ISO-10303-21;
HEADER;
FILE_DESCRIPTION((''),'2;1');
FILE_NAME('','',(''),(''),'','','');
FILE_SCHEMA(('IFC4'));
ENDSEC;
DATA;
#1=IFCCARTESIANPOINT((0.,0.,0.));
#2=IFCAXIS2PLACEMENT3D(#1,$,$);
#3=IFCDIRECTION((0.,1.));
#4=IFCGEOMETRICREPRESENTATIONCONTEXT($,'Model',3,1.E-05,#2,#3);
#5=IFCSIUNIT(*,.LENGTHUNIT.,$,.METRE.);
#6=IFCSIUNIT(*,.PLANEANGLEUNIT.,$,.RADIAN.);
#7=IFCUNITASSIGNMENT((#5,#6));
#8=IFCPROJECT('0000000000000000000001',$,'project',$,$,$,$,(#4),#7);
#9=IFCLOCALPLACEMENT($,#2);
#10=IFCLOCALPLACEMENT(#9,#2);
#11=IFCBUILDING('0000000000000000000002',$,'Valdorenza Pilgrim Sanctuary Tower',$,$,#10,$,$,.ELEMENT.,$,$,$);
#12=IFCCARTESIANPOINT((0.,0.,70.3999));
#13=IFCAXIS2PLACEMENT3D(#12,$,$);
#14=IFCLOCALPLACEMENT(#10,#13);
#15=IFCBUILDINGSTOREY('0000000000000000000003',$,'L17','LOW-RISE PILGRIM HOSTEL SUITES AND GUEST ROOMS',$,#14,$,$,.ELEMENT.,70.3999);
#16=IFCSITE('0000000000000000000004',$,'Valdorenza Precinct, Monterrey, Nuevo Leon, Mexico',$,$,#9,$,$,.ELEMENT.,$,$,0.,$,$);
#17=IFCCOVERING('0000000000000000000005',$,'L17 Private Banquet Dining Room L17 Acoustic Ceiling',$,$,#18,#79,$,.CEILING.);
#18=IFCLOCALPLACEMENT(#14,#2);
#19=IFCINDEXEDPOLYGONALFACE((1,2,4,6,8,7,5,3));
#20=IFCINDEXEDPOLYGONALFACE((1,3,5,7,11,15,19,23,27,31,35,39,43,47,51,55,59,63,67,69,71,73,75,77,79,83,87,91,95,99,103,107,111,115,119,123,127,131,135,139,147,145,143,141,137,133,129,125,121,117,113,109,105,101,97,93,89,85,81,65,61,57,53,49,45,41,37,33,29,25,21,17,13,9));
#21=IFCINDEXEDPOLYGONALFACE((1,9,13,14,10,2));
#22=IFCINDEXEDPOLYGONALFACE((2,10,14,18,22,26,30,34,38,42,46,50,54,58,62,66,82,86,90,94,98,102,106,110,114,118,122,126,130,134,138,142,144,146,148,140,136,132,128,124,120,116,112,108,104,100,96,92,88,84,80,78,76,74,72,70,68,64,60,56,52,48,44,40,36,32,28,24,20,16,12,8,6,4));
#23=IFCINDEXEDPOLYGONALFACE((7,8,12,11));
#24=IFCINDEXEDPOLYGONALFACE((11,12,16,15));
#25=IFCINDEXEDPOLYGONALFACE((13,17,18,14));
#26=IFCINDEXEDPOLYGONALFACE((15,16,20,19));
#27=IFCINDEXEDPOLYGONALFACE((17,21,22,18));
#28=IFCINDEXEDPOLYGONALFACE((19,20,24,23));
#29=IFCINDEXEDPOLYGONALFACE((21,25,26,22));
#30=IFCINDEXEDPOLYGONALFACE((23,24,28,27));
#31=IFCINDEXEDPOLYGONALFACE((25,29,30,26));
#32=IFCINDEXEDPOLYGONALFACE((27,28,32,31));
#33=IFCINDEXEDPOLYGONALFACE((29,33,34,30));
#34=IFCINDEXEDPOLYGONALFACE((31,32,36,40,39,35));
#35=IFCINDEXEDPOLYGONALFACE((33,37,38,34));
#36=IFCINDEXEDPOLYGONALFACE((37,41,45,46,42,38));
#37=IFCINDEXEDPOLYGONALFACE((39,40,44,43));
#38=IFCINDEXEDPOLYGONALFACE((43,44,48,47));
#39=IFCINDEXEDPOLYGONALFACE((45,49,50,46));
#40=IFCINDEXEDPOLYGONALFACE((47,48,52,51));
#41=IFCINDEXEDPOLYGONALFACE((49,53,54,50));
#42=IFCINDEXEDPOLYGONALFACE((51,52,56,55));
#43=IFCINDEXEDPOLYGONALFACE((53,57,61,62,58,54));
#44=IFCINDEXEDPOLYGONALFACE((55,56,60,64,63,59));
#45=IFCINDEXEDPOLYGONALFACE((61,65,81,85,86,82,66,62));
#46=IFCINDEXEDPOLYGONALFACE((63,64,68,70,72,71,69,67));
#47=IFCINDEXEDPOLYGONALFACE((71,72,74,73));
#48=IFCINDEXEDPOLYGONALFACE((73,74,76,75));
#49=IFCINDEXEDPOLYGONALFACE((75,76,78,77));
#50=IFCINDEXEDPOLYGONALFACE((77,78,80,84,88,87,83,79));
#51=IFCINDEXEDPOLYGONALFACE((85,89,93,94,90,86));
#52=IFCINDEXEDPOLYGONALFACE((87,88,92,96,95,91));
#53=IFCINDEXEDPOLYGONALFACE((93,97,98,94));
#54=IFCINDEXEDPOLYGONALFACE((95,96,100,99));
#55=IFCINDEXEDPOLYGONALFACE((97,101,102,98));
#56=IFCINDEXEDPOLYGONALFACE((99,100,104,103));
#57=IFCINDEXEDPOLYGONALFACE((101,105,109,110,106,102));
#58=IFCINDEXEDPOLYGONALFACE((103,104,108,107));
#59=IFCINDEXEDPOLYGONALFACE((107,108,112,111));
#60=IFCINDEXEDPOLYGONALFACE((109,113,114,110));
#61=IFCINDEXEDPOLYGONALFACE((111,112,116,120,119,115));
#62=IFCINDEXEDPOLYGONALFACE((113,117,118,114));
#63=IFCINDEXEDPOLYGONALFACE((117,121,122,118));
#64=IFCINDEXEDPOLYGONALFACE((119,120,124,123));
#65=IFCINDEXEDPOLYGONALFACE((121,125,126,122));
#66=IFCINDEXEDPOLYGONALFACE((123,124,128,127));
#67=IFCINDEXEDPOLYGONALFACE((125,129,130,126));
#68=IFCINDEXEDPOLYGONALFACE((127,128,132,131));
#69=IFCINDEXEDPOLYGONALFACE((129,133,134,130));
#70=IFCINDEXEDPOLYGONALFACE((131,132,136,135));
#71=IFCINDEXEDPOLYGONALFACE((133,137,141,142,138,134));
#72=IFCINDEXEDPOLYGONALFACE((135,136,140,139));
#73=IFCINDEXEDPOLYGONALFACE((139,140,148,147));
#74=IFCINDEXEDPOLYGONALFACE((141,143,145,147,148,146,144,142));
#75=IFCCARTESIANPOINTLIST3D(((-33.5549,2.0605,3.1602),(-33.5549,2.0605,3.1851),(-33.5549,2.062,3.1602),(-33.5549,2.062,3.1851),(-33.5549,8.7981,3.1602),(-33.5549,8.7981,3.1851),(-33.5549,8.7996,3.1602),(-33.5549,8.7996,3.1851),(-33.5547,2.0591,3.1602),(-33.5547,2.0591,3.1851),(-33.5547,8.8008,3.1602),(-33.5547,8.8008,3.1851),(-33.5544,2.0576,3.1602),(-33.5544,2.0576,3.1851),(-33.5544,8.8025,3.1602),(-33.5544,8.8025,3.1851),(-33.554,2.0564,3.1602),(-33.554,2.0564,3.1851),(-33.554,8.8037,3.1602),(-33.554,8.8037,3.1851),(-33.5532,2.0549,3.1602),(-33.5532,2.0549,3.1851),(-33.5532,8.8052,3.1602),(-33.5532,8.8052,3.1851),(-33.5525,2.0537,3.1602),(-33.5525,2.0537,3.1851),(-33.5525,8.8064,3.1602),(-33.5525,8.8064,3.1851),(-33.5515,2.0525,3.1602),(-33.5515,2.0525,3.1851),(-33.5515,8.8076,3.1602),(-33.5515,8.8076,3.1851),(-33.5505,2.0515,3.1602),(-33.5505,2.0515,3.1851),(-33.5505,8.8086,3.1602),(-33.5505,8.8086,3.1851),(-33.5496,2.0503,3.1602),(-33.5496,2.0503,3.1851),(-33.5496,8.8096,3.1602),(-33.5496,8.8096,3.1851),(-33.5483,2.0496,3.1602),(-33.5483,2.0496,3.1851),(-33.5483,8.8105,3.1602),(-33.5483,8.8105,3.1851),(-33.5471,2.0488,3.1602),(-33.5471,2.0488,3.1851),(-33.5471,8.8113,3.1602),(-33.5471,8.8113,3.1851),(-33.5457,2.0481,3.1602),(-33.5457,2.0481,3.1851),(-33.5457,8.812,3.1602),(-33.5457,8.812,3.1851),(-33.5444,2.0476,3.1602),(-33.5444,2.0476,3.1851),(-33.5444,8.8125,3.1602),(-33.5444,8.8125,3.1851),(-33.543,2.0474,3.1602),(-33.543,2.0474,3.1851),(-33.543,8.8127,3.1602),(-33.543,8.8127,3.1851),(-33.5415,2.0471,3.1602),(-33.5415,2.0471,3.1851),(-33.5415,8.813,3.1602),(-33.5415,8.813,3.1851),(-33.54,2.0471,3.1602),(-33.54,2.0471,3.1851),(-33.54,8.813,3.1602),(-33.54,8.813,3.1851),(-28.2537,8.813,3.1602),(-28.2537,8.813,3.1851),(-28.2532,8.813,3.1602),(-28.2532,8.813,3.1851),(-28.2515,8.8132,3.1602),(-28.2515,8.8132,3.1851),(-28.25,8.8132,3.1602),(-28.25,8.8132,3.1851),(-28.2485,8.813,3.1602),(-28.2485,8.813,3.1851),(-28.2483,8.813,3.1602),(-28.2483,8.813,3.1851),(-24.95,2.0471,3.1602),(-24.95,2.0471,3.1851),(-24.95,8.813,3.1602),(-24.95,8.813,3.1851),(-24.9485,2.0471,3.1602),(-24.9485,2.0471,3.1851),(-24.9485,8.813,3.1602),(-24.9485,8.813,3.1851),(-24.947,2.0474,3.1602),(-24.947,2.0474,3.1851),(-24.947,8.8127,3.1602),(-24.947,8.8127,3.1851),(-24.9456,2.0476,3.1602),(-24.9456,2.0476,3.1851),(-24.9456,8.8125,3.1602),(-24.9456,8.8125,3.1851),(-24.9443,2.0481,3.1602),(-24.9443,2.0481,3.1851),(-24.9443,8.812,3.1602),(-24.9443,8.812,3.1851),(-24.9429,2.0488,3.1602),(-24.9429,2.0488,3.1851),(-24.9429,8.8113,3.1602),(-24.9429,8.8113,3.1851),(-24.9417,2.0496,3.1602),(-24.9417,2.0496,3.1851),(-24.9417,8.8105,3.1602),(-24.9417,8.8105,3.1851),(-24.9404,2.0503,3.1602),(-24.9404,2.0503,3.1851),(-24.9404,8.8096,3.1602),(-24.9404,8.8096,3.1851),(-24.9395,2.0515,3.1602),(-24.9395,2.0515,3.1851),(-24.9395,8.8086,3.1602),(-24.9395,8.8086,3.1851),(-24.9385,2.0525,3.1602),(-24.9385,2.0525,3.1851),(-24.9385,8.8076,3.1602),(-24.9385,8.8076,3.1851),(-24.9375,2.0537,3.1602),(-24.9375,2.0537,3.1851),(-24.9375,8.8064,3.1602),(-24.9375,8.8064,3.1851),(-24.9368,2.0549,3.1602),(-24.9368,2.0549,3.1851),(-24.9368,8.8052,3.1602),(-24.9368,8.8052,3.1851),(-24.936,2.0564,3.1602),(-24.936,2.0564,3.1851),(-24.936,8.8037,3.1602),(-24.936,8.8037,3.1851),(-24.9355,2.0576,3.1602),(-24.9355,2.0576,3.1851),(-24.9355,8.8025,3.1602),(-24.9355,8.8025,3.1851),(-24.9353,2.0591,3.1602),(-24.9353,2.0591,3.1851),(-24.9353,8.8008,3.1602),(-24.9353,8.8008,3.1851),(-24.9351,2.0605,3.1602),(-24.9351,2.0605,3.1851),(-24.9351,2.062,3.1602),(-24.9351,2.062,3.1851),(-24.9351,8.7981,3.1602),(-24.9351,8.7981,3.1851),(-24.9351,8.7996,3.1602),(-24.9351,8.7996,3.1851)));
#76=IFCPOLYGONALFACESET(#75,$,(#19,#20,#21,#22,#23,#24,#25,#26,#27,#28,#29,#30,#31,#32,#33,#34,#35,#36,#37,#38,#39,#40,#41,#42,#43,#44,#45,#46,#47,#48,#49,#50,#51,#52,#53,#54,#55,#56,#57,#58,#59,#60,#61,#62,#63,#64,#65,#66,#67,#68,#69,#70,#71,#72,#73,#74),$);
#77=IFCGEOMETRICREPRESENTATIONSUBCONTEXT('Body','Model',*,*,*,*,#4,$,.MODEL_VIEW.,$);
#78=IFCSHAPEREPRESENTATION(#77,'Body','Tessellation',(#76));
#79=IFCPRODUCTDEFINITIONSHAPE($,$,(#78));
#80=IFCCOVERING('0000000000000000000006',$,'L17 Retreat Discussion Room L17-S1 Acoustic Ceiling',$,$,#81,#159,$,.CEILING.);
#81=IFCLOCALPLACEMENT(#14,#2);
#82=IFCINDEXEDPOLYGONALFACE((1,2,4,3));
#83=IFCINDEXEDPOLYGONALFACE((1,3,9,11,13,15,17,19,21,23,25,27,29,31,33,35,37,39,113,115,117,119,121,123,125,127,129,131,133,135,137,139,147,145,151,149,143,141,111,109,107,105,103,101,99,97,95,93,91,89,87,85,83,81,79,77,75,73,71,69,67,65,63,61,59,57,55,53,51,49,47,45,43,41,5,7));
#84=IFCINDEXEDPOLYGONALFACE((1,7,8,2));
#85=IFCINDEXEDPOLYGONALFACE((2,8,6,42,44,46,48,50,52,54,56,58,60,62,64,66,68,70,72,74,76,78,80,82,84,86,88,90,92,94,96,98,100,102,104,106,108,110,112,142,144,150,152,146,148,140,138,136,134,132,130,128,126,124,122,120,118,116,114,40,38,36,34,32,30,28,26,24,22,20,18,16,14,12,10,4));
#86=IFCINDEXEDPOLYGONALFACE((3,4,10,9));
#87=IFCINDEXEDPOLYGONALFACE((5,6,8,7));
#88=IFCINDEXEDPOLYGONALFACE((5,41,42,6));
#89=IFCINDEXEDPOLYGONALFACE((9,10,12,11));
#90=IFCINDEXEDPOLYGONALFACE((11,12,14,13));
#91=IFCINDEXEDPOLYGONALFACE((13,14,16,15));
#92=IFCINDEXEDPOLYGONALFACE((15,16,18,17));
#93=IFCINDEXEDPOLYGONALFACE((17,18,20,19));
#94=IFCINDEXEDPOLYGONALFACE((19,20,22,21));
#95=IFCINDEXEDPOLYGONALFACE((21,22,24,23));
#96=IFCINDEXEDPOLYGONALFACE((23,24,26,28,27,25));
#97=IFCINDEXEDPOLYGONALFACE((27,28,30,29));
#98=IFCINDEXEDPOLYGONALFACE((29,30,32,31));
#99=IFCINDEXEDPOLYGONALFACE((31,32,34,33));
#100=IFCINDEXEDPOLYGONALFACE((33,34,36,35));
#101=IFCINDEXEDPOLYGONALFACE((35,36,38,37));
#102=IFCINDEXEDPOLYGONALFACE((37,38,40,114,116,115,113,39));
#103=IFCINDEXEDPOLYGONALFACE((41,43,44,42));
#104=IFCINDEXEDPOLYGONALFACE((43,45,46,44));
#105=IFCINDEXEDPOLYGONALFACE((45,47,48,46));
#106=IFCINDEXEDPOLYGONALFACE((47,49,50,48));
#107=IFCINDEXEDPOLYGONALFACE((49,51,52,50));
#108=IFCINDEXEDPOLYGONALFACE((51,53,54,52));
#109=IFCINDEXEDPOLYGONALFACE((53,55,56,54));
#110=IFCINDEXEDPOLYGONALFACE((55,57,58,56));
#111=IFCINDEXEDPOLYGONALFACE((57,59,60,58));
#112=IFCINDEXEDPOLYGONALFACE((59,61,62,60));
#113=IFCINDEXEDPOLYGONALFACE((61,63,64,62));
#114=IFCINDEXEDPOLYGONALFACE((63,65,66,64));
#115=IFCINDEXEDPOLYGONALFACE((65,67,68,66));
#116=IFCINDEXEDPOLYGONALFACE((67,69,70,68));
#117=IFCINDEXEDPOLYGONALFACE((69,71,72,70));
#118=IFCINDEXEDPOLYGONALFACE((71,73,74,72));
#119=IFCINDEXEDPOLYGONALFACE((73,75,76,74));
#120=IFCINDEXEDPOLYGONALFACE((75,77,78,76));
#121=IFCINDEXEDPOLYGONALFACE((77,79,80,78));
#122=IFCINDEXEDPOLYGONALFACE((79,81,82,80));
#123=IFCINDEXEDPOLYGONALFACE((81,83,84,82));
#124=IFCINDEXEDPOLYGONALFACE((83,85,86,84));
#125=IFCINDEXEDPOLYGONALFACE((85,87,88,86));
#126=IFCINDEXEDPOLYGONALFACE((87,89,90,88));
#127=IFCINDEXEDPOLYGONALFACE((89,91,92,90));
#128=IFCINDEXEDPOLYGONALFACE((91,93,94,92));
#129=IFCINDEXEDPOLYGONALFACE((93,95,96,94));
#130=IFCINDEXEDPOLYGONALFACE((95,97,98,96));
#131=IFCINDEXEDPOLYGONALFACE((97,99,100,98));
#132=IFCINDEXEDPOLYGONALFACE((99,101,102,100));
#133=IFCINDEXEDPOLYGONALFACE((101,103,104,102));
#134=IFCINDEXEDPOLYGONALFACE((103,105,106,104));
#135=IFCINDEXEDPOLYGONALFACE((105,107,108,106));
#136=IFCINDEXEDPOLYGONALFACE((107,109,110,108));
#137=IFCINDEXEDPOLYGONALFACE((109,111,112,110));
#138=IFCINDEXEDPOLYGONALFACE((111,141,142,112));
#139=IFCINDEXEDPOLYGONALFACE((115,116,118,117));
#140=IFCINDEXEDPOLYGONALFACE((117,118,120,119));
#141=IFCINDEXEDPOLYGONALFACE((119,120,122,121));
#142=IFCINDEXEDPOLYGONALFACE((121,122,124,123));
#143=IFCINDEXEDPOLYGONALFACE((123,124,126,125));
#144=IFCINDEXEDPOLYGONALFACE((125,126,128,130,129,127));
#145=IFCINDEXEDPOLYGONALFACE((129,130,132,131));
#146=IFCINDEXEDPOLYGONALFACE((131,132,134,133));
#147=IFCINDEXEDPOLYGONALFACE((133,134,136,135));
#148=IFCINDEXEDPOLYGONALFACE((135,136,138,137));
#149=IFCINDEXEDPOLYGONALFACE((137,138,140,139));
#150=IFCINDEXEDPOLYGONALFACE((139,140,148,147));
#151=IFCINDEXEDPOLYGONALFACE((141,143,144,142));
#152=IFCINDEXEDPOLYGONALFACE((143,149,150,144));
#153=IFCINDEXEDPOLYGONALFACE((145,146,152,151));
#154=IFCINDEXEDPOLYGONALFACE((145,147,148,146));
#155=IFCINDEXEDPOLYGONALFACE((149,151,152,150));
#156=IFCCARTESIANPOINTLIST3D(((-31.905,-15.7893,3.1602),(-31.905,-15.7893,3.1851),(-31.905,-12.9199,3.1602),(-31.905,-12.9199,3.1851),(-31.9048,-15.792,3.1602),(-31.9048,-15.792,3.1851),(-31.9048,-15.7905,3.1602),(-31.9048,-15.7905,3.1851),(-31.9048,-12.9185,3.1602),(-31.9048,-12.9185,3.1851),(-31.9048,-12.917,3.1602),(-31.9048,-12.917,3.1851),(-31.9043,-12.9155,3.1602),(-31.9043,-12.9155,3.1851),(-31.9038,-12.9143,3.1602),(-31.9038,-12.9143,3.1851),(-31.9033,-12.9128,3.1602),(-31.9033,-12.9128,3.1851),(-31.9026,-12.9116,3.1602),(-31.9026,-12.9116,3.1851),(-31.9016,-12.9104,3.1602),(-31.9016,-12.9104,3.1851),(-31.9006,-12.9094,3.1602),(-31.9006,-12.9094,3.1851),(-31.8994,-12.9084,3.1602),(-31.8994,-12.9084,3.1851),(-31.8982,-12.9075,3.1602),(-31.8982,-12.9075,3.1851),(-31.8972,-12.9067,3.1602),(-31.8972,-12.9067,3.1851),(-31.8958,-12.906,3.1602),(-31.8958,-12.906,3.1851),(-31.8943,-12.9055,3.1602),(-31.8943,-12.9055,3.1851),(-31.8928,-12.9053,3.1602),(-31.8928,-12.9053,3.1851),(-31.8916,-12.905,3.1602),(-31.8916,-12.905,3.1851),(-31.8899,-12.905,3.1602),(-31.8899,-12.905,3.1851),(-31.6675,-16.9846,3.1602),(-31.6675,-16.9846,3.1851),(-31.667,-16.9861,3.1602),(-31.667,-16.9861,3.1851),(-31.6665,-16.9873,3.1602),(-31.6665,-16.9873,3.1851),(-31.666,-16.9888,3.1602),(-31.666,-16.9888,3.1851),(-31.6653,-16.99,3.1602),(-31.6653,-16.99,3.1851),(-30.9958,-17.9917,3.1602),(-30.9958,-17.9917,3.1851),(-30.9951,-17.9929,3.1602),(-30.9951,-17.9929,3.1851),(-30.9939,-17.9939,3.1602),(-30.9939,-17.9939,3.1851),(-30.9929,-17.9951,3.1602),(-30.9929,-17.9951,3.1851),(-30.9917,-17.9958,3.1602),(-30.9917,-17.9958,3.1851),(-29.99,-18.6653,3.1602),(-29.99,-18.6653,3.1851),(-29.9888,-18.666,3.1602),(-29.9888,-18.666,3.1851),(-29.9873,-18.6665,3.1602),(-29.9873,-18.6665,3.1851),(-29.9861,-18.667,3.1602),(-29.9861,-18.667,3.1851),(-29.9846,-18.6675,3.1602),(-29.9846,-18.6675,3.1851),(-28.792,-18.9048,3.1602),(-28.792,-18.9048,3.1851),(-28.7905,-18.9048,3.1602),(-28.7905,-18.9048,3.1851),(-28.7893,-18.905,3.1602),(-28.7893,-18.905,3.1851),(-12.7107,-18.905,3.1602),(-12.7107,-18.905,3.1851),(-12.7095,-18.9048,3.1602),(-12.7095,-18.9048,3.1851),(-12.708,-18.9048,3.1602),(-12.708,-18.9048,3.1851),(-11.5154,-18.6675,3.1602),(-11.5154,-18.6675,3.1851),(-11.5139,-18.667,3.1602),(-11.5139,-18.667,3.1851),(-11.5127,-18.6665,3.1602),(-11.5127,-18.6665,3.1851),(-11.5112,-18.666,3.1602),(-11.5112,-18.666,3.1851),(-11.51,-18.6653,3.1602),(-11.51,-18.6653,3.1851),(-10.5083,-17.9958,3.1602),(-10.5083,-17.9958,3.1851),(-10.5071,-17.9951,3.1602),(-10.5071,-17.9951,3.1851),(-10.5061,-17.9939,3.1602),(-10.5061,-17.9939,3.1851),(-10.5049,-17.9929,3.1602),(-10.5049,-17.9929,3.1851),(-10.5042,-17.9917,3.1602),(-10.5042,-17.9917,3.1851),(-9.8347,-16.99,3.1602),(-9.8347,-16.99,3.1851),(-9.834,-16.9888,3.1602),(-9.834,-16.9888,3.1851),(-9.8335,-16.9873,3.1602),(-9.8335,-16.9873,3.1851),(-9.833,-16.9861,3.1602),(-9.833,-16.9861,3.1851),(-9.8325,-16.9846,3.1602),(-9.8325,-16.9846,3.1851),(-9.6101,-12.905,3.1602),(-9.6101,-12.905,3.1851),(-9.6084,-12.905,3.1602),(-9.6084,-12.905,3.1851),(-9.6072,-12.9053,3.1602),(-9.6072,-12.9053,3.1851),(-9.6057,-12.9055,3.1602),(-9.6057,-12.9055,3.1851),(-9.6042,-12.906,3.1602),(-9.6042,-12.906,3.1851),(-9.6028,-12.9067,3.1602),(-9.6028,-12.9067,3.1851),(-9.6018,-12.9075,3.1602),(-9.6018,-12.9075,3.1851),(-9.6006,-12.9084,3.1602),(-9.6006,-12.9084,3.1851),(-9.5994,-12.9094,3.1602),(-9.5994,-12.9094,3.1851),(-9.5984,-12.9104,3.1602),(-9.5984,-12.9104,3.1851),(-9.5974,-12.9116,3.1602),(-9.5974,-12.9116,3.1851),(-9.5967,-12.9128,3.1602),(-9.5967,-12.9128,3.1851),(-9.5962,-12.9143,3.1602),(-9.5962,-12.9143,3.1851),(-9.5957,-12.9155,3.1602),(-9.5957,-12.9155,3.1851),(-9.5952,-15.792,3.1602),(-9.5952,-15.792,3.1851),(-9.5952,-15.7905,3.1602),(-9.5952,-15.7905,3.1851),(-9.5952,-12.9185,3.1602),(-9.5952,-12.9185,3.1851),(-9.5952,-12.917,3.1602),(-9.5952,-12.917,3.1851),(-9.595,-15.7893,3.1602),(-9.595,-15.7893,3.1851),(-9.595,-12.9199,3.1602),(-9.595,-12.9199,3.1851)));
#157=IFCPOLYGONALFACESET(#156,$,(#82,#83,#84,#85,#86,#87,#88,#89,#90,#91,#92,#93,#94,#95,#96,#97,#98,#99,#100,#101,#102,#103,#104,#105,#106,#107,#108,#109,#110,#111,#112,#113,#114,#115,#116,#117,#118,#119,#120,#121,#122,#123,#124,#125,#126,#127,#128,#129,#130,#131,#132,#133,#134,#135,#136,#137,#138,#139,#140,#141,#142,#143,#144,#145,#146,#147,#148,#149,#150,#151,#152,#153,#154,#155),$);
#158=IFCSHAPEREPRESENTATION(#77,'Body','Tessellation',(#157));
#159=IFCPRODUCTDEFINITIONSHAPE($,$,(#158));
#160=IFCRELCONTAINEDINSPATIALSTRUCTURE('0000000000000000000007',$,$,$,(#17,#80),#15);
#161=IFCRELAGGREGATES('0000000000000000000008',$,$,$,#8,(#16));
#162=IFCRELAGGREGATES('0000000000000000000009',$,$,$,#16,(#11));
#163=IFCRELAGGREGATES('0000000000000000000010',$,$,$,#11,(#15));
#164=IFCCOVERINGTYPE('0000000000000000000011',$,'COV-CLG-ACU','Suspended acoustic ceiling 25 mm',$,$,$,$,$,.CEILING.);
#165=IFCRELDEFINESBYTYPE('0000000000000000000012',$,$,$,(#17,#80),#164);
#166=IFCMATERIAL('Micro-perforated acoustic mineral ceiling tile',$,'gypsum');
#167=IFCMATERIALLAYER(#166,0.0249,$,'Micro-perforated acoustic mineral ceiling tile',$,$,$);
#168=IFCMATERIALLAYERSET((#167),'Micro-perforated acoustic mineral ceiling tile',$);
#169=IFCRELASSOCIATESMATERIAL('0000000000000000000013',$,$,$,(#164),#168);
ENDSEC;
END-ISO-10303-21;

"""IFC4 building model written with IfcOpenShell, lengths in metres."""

from ifc_helpers import new_model, si_unit, direction, frame, origin, place, context, subcontext, project, spatial, polyline, outline, extrude, material, layer, layer_set, type_object, element, save


model = new_model("IFC4")

# Units and contexts
model_context = context("Model", 3, precision=1e-05, world=origin(), true_north=direction((0.0, 1.0)))
body_context = subcontext(model_context, "Body", "Model", "MODEL_VIEW")
ifc_project = project(units=[si_unit("LENGTHUNIT", "METRE"), si_unit("PLANEANGLEUNIT", "RADIAN")], contexts=[model_context])

# Site, building, storey
site_placement = place(None, origin())
site = spatial("IfcSite", under=ifc_project, at=site_placement, Name="Valdorenza Precinct, Monterrey, Nuevo Leon, Mexico", CompositionType="ELEMENT", RefElevation=0.0)
building_placement = place(site_placement, origin())
building = spatial("IfcBuilding", under=site, at=building_placement, Name="Valdorenza Pilgrim Sanctuary Tower", CompositionType="ELEMENT")
storey_placement = place(building_placement, frame((0.0, 0.0, 70.3999)))
storey = spatial("IfcBuildingStorey", under=building, at=storey_placement, Name="L17", Description="LOW-RISE PILGRIM HOSTEL SUITES AND GUEST ROOMS", CompositionType="ELEMENT", Elevation=70.3999)

# Coverings
ifc_material_1 = material(Name="Micro-perforated acoustic mineral ceiling tile", Category="gypsum")
ifc_layer_1 = layer(ifc_material_1, 0.0249, Name="Micro-perforated acoustic mineral ceiling tile")
ifc_layer_set_1 = layer_set([ifc_layer_1], Name="Micro-perforated acoustic mineral ceiling tile")
covering_type_1 = type_object("IfcCoveringType", Name="COV-CLG-ACU", Description="Suspended acoustic ceiling 25 mm", PredefinedType="CEILING", material=ifc_layer_set_1)
covering_1_placement = place(storey_placement, frame((0.0, 0.0, 3.1602)))
element("IfcCovering", 1, at=covering_1_placement, inside=storey, type_object=covering_type_1, Name="L17 Private Banquet Dining Room L17 Acoustic Ceiling", PredefinedType="CEILING", context=body_context, shape_type="SweptSolid", body=[
    extrude(outline(polyline([(-28.2537, 8.813), (-28.2532, 8.813), (-28.2515, 8.8132), (-28.25, 8.8132), (-28.2485, 8.813), (-28.2483, 8.813), (-24.95, 8.813), (-24.9485, 8.813), (-24.947, 8.8127), (-24.9456, 8.8125), (-24.9443, 8.812), (-24.9429, 8.8113), (-24.9417, 8.8105), (-24.9404, 8.8096), (-24.9395, 8.8086), (-24.9385, 8.8076), (-24.9375, 8.8064), (-24.9368, 8.8052), (-24.936, 8.8037), (-24.9355, 8.8025), (-24.9353, 8.8008), (-24.9351, 8.7996), (-24.9351, 8.7981), (-24.9351, 2.062), (-24.9351, 2.0605), (-24.9353, 2.0591), (-24.9355, 2.0576), (-24.936, 2.0564), (-24.9368, 2.0549), (-24.9375, 2.0537), (-24.9385, 2.0525), (-24.9395, 2.0515), (-24.9404, 2.0503), (-24.9417, 2.0496), (-24.9429, 2.0488), (-24.9443, 2.0481), (-24.9456, 2.0476), (-24.947, 2.0474), (-24.9485, 2.0471), (-24.95, 2.0471), (-33.54, 2.0471), (-33.5415, 2.0471), (-33.543, 2.0474), (-33.5444, 2.0476), (-33.5457, 2.0481), (-33.5471, 2.0488), (-33.5483, 2.0496), (-33.5496, 2.0503), (-33.5505, 2.0515), (-33.5515, 2.0525), (-33.5525, 2.0537), (-33.5532, 2.0549), (-33.554, 2.0564), (-33.5544, 2.0576), (-33.5547, 2.0591), (-33.5549, 2.0605), (-33.5549, 2.062), (-33.5549, 8.7981), (-33.5549, 8.7996), (-33.5547, 8.8008), (-33.5544, 8.8025), (-33.554, 8.8037), (-33.5532, 8.8052), (-33.5525, 8.8064), (-33.5515, 8.8076), (-33.5505, 8.8086), (-33.5496, 8.8096), (-33.5483, 8.8105), (-33.5471, 8.8113), (-33.5457, 8.812), (-33.5444, 8.8125), (-33.543, 8.8127), (-33.5415, 8.813), (-33.54, 8.813), (-28.2537, 8.813)])), origin(), (0.0, 0.0, 1.0), 0.0249),
])
covering_2_placement = place(storey_placement, frame((0.0, 0.0, 3.1602)))
element("IfcCovering", 2, at=covering_2_placement, inside=storey, type_object=covering_type_1, Name="L17 Retreat Discussion Room L17-S1 Acoustic Ceiling", PredefinedType="CEILING", context=body_context, shape_type="SweptSolid", body=[
    extrude(outline(polyline([(-9.595, -15.7893), (-9.5952, -15.7905), (-9.5952, -15.792), (-9.8325, -16.9846), (-9.833, -16.9861), (-9.8335, -16.9873), (-9.834, -16.9888), (-9.8347, -16.99), (-10.5042, -17.9917), (-10.5049, -17.9929), (-10.5061, -17.9939), (-10.5071, -17.9951), (-10.5083, -17.9958), (-11.51, -18.6653), (-11.5112, -18.666), (-11.5127, -18.6665), (-11.5139, -18.667), (-11.5154, -18.6675), (-12.708, -18.9048), (-12.7095, -18.9048), (-12.7107, -18.905), (-28.7893, -18.905), (-28.7905, -18.9048), (-28.792, -18.9048), (-29.9846, -18.6675), (-29.9861, -18.667), (-29.9873, -18.6665), (-29.9888, -18.666), (-29.99, -18.6653), (-30.9917, -17.9958), (-30.9929, -17.9951), (-30.9939, -17.9939), (-30.9951, -17.9929), (-30.9958, -17.9917), (-31.6653, -16.99), (-31.666, -16.9888), (-31.6665, -16.9873), (-31.667, -16.9861), (-31.6675, -16.9846), (-31.9048, -15.792), (-31.9048, -15.7905), (-31.905, -15.7893), (-31.905, -12.9199), (-31.9048, -12.9185), (-31.9048, -12.917), (-31.9043, -12.9155), (-31.9038, -12.9143), (-31.9033, -12.9128), (-31.9026, -12.9116), (-31.9016, -12.9104), (-31.9006, -12.9094), (-31.8994, -12.9084), (-31.8982, -12.9075), (-31.8972, -12.9067), (-31.8958, -12.906), (-31.8943, -12.9055), (-31.8928, -12.9053), (-31.8916, -12.905), (-31.8899, -12.905), (-9.6101, -12.905), (-9.6084, -12.905), (-9.6072, -12.9053), (-9.6057, -12.9055), (-9.6042, -12.906), (-9.6028, -12.9067), (-9.6018, -12.9075), (-9.6006, -12.9084), (-9.5994, -12.9094), (-9.5984, -12.9104), (-9.5974, -12.9116), (-9.5967, -12.9128), (-9.5962, -12.9143), (-9.5957, -12.9155), (-9.5952, -12.917), (-9.5952, -12.9185), (-9.595, -12.9199), (-9.595, -15.7893)])), origin(), (0.0, 0.0, 1.0), 0.0249),
])

save(model, "model.ifc")
